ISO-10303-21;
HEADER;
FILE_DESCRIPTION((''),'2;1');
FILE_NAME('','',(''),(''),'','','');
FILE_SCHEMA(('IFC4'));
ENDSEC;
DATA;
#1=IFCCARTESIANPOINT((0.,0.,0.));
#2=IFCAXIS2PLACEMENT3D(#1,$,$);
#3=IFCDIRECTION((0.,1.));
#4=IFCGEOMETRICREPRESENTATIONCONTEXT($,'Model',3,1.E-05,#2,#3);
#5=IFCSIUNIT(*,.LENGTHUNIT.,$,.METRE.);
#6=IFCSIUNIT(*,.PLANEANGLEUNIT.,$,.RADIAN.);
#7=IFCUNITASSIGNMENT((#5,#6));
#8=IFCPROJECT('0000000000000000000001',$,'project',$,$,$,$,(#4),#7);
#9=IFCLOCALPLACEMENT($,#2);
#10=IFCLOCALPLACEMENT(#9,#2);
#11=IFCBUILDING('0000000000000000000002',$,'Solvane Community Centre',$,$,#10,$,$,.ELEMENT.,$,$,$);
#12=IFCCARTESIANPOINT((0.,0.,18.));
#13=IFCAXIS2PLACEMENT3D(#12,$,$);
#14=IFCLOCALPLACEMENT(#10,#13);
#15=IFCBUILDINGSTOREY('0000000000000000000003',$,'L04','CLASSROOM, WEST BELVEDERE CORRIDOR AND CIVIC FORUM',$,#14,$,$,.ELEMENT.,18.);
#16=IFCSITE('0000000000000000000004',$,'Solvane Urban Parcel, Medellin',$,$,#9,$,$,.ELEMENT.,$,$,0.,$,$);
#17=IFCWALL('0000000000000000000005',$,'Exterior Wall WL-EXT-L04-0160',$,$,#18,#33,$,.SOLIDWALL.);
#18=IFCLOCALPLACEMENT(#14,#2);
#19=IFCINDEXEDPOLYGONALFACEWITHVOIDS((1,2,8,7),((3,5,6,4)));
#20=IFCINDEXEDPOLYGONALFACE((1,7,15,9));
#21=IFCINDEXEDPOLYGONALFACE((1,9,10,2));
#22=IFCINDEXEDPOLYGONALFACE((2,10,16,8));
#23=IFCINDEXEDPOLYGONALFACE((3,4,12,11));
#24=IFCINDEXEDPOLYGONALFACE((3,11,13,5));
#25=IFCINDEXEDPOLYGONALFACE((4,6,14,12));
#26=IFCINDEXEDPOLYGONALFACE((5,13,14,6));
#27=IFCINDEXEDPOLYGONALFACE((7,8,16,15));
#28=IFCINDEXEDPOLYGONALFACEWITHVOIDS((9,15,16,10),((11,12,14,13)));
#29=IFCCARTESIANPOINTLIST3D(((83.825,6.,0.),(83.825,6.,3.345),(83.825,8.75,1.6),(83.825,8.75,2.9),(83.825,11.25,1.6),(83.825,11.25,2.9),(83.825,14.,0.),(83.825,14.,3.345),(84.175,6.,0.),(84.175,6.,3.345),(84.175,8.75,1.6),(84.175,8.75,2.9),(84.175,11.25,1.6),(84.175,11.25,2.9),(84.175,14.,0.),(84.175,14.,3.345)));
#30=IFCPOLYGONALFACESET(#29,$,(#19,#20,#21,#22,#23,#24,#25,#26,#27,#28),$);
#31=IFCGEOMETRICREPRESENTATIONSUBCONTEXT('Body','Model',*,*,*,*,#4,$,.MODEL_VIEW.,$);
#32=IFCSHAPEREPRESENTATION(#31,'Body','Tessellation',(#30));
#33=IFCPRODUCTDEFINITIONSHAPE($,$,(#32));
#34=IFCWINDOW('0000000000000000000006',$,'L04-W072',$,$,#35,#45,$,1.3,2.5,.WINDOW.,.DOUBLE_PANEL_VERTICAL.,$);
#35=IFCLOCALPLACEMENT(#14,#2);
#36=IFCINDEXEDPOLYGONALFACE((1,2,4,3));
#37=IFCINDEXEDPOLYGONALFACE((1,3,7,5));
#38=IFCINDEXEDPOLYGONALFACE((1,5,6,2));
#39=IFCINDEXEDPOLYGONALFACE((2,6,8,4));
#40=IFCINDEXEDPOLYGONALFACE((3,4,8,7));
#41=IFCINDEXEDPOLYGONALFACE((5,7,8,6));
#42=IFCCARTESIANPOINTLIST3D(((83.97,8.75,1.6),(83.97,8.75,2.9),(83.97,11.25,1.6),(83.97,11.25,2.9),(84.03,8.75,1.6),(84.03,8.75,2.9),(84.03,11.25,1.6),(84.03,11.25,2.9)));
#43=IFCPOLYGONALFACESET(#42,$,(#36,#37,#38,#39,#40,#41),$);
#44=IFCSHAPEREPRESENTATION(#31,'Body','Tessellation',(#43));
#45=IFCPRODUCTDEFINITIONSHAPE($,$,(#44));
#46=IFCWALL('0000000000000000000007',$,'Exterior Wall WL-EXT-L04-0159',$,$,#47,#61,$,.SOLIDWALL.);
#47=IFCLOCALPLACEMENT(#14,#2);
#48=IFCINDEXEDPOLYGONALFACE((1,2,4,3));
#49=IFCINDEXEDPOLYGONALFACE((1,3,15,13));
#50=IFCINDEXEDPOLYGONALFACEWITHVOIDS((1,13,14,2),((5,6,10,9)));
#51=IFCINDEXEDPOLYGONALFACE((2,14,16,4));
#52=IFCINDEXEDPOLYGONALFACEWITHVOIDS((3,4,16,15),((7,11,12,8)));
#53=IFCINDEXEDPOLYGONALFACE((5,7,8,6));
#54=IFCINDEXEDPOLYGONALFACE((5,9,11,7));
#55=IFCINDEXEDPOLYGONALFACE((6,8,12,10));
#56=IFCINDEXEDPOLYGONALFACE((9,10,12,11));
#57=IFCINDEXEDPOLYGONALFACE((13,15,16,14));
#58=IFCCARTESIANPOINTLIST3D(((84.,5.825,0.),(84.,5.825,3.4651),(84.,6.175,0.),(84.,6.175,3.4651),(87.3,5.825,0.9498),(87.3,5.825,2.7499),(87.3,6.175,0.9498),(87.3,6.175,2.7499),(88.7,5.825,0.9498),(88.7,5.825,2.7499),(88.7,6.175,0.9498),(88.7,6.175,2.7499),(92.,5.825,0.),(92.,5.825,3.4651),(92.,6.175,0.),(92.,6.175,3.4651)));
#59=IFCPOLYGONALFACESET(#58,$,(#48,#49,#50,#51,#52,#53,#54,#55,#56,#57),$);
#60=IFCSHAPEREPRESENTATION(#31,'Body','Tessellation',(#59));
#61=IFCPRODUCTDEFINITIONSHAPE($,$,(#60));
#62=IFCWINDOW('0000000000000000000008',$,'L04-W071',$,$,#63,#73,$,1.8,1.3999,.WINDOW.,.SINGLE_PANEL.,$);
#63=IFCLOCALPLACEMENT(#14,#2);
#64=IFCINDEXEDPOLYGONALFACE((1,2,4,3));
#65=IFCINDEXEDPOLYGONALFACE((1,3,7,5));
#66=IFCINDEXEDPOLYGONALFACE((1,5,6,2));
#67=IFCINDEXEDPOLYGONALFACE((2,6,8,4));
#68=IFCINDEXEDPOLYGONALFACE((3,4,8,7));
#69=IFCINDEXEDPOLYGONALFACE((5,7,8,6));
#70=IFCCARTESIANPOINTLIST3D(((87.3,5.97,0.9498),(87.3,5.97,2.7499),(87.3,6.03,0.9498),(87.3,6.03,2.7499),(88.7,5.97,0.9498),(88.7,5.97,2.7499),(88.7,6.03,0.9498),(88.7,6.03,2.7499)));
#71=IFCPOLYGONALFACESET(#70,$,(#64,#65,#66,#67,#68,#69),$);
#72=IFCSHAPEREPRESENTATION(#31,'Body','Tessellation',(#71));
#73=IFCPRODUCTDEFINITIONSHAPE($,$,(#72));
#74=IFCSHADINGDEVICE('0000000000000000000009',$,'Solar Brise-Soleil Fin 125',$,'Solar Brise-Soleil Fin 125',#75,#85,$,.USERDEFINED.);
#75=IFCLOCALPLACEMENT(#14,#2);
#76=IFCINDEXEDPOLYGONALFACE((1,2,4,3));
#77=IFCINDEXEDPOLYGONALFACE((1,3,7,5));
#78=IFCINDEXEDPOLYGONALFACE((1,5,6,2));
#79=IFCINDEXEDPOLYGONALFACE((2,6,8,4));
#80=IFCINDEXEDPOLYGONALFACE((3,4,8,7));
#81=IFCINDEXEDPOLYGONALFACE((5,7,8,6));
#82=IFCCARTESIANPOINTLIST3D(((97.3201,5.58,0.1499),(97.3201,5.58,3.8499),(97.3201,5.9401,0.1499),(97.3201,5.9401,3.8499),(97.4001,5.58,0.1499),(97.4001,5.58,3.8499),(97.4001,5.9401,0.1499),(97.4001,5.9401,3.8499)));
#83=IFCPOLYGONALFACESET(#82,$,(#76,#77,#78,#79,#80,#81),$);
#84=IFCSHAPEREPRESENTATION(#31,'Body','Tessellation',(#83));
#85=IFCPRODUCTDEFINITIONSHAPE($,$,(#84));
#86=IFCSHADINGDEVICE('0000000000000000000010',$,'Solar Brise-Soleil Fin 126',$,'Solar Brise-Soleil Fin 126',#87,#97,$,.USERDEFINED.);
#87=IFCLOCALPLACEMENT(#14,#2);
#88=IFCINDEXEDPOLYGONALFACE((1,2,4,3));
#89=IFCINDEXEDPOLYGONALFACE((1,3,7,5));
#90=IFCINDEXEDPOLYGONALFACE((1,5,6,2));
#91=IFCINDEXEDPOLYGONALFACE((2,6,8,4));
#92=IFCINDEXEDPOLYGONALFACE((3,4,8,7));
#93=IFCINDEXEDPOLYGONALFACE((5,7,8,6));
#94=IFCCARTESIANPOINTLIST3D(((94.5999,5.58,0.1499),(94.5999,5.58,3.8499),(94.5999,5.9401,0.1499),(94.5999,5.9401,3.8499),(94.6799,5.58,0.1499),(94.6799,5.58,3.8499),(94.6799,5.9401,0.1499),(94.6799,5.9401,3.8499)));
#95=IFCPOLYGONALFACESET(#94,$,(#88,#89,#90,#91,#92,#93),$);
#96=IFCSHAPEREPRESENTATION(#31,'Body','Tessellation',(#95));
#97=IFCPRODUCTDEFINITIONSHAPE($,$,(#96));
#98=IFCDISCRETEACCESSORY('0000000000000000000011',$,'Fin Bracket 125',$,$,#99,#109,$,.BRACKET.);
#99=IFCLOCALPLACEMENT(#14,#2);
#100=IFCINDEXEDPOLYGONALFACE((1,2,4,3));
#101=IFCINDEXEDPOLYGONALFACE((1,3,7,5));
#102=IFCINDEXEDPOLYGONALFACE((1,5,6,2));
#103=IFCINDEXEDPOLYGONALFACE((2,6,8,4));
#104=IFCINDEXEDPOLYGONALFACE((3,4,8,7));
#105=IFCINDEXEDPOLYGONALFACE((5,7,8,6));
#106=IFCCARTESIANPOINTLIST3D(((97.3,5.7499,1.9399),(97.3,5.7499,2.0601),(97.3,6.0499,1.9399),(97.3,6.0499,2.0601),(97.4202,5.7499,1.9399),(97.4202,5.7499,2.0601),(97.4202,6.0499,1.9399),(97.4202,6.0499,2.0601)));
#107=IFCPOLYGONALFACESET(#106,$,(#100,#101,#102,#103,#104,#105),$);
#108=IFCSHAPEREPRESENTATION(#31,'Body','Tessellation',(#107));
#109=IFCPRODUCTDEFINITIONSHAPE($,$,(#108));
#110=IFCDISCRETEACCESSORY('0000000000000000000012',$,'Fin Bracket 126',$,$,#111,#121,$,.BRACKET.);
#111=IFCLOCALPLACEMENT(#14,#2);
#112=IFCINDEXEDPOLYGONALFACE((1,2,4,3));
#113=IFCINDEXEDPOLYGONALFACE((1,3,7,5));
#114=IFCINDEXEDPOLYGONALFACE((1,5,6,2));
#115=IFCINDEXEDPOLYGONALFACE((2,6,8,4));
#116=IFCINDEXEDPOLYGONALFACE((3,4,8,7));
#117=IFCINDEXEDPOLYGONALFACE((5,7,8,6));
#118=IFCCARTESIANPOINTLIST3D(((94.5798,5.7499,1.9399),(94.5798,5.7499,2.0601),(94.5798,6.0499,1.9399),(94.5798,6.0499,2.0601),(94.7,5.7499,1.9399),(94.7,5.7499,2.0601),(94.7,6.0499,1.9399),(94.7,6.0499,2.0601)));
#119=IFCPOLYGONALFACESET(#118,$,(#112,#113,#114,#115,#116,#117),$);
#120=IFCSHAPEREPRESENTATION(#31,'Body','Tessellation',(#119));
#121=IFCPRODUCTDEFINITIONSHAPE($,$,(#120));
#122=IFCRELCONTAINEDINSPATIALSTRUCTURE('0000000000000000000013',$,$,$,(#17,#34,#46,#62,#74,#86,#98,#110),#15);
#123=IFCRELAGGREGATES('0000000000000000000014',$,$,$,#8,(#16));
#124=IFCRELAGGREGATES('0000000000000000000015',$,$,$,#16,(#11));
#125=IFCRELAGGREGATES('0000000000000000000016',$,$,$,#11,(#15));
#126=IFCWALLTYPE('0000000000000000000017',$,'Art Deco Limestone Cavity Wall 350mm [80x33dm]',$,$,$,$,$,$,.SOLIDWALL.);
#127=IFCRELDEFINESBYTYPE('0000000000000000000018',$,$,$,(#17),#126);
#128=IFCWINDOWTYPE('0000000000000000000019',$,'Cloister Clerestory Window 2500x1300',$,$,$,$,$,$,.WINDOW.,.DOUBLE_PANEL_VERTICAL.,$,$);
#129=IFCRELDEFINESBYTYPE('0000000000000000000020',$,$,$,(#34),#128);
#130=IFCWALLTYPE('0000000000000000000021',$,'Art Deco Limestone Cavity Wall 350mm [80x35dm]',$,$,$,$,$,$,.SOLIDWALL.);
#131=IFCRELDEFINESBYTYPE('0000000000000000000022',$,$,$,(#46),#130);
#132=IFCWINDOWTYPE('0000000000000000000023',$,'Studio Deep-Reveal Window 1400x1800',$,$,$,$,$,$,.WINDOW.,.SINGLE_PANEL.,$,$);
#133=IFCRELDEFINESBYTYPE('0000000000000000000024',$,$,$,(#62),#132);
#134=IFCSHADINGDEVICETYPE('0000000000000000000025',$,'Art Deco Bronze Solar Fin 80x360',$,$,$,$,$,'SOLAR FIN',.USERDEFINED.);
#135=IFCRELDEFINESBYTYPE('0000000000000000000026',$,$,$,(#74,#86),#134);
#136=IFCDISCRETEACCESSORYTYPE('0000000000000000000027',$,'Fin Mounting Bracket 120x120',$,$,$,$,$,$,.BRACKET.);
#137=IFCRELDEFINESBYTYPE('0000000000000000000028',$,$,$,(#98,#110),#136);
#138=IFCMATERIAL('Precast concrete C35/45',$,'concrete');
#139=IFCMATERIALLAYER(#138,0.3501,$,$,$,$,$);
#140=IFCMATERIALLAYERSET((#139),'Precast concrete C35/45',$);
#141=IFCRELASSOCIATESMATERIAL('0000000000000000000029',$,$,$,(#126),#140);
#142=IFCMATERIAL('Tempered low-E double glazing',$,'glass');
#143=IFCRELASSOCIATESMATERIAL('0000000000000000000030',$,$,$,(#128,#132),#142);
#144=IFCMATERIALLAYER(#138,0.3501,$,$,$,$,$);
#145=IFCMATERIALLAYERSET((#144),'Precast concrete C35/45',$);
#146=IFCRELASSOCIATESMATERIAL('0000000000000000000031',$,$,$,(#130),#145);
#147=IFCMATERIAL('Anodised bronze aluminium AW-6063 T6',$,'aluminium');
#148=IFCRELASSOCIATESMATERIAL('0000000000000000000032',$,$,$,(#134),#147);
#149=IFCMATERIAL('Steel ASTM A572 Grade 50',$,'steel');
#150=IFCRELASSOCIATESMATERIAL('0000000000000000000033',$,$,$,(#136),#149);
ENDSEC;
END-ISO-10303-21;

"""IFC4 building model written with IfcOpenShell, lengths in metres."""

from ifc_helpers import new_model, si_unit, direction, frame, frame_2d, origin, origin_2d, place, context, subcontext, project, spatial, rectangle, extrude, material, layer, layer_set, type_object, element, fill, save


model = new_model("IFC4")

# Units and contexts
model_context = context("Model", 3, precision=1e-05, world=origin(), true_north=direction((0.0, 1.0)))
body_context = subcontext(model_context, "Body", "Model", "MODEL_VIEW")
ifc_project = project(units=[si_unit("LENGTHUNIT", "METRE"), si_unit("PLANEANGLEUNIT", "RADIAN")], contexts=[model_context])

# Site, building, storey
site_placement = place(None, origin())
site = spatial("IfcSite", under=ifc_project, at=site_placement, Name="Solvane Urban Parcel, Medellin", CompositionType="ELEMENT", RefElevation=0.0)
building_placement = place(site_placement, origin())
building = spatial("IfcBuilding", under=site, at=building_placement, Name="Solvane Community Centre", CompositionType="ELEMENT")
storey_placement = place(building_placement, frame((0.0, 0.0, 18.0)))
storey = spatial("IfcBuildingStorey", under=building, at=storey_placement, Name="L04", Description="CLASSROOM, WEST BELVEDERE CORRIDOR AND CIVIC FORUM", CompositionType="ELEMENT", Elevation=18.0)

# Shared definitions
ifc_material_1 = material(Name="Anodised bronze aluminium AW-6063 T6", Category="aluminium")

# Shared definitions
ifc_material_2 = material(Name="Tempered low-E double glazing", Category="glass")

# Walls, openings, windows
ifc_material_3 = material(Name="Precast concrete C35/45", Category="concrete")
ifc_layer_1 = layer(ifc_material_3, 0.3501)
ifc_layer_set_1 = layer_set([ifc_layer_1], Name="Precast concrete C35/45")
wall_type_1 = type_object("IfcWallType", Name="Art Deco Limestone Cavity Wall 350mm [80x33dm]", PredefinedType="SOLIDWALL", material=ifc_layer_set_1)
wall_1_placement = place(storey_placement, frame((84.0, 6.0, 0.0), z_axis=(0.0, 0.0, 1.0), x_axis=(0.0, 1.0, 0.0)))
wall_1 = element("IfcWall", 1, at=wall_1_placement, inside=storey, type_object=wall_type_1, Name="Exterior Wall WL-EXT-L04-0160", PredefinedType="SOLIDWALL", context=body_context, shape_type="SweptSolid", body=[
    extrude(rectangle(XDim=8.0, YDim=0.3501, at=frame_2d((4.0, 0.0))), origin(), (0.0, 0.0, 1.0), 3.345),
])
opening_1_placement = place(wall_1_placement, frame((2.75, 0.0, 1.6001)))
opening_1 = element("IfcOpeningElement", 2, at=opening_1_placement, cuts=wall_1, PredefinedType="OPENING", context=body_context, shape_type="SweptSolid", body=[
    extrude(rectangle(XDim=2.5, YDim=1.3, at=frame_2d((1.25, 0.6499))), frame((0.0, 0.1851, 0.0), z_axis=(0.0, -1.0, 0.0), x_axis=(1.0, 0.0, 0.0)), (0.0, 0.0, 1.0), 0.3701),
])
window_type_1 = type_object("IfcWindowType", Name="Cloister Clerestory Window 2500x1300", PartitioningType="DOUBLE_PANEL_VERTICAL", PredefinedType="WINDOW", material=ifc_material_2)
window_1_placement = place(opening_1_placement, origin())
window_1 = element("IfcWindow", 3, at=window_1_placement, inside=storey, type_object=window_type_1, Name="L04-W072", OverallHeight=1.3, OverallWidth=2.5, PartitioningType="DOUBLE_PANEL_VERTICAL", PredefinedType="WINDOW", context=body_context, shape_type="SweptSolid", body=[
    extrude(rectangle(XDim=2.5, YDim=1.3, at=frame_2d((1.25, 0.6499))), frame((0.0, 0.03, 0.0), z_axis=(0.0, -1.0, 0.0), x_axis=(1.0, 0.0, 0.0)), (0.0, 0.0, 1.0), 0.0601),
])
fill(opening_1, window_1)
ifc_layer_2 = layer(ifc_material_3, 0.3501)
ifc_layer_set_2 = layer_set([ifc_layer_2], Name="Precast concrete C35/45")
wall_type_2 = type_object("IfcWallType", Name="Art Deco Limestone Cavity Wall 350mm [80x35dm]", PredefinedType="SOLIDWALL", material=ifc_layer_set_2)
wall_2_placement = place(storey_placement, frame((92.0, 6.0, 0.0), z_axis=(0.0, 0.0, 1.0), x_axis=(-1.0, 0.0, 0.0)))
wall_2 = element("IfcWall", 4, at=wall_2_placement, inside=storey, type_object=wall_type_2, Name="Exterior Wall WL-EXT-L04-0159", PredefinedType="SOLIDWALL", context=body_context, shape_type="SweptSolid", body=[
    extrude(rectangle(XDim=8.0, YDim=0.3501, at=frame_2d((4.0, 0.0))), origin(), (0.0, 0.0, 1.0), 3.4651),
])
opening_2_placement = place(wall_2_placement, frame((3.3, 0.0, 0.95)))
opening_2 = element("IfcOpeningElement", 5, at=opening_2_placement, cuts=wall_2, PredefinedType="OPENING", context=body_context, shape_type="SweptSolid", body=[
    extrude(rectangle(XDim=1.3999, YDim=1.8, at=frame_2d((0.7, 0.8999))), frame((0.0, 0.1851, 0.0), z_axis=(0.0, -1.0, 0.0), x_axis=(1.0, 0.0, 0.0)), (0.0, 0.0, 1.0), 0.3701),
])
window_type_2 = type_object("IfcWindowType", Name="Studio Deep-Reveal Window 1400x1800", PartitioningType="SINGLE_PANEL", PredefinedType="WINDOW", material=ifc_material_2)
window_2_placement = place(opening_2_placement, origin())
window_2 = element("IfcWindow", 6, at=window_2_placement, inside=storey, type_object=window_type_2, Name="L04-W071", OverallHeight=1.8, OverallWidth=1.3999, PartitioningType="SINGLE_PANEL", PredefinedType="WINDOW", context=body_context, shape_type="SweptSolid", body=[
    extrude(rectangle(XDim=1.3999, YDim=1.8, at=frame_2d((0.7, 0.8999))), frame((0.0, 0.03, 0.0), z_axis=(0.0, -1.0, 0.0), x_axis=(1.0, 0.0, 0.0)), (0.0, 0.0, 1.0), 0.0601),
])
fill(opening_2, window_2)

# Shading devices
shading_device_type = type_object("IfcShadingDeviceType", Name="Art Deco Bronze Solar Fin 80x360", ElementType="SOLAR FIN", PredefinedType="USERDEFINED", material=ifc_material_1)
shading_device_1_placement = place(storey_placement, frame((97.3601, 5.76, 0.1499), z_axis=(0.0, 0.0, 1.0), x_axis=(-1.0, 0.0, 0.0)))
element("IfcShadingDevice", 7, at=shading_device_1_placement, inside=storey, type_object=shading_device_type, Name="Solar Brise-Soleil Fin 125", ObjectType="Solar Brise-Soleil Fin 125", PredefinedType="USERDEFINED", context=body_context, shape_type="SweptSolid", body=[
    extrude(rectangle(XDim=0.0801, YDim=0.3601, at=origin_2d()), origin(), (0.0, 0.0, 1.0), 3.7),
])
shading_device_2_placement = place(storey_placement, frame((94.6399, 5.76, 0.1499), z_axis=(0.0, 0.0, 1.0), x_axis=(-1.0, 0.0, 0.0)))
element("IfcShadingDevice", 8, at=shading_device_2_placement, inside=storey, type_object=shading_device_type, Name="Solar Brise-Soleil Fin 126", ObjectType="Solar Brise-Soleil Fin 126", PredefinedType="USERDEFINED", context=body_context, shape_type="SweptSolid", body=[
    extrude(rectangle(XDim=0.0801, YDim=0.3601, at=origin_2d()), origin(), (0.0, 0.0, 1.0), 3.7),
])

# Discrete accessories
ifc_material_4 = material(Name="Steel ASTM A572 Grade 50", Category="steel")
discrete_accessory_type = type_object("IfcDiscreteAccessoryType", Name="Fin Mounting Bracket 120x120", PredefinedType="BRACKET", material=ifc_material_4)
for number, where, z_axis, x_axis, name in (
    (9, (97.3601, 5.8999, 1.9399), (0.0, 0.0, 1.0), (-1.0, 0.0, 0.0), "Fin Bracket 125"),
    (10, (94.6399, 5.8999, 1.9399), (0.0, 0.0, 1.0), (-1.0, 0.0, 0.0), "Fin Bracket 126"),
):
    element("IfcDiscreteAccessory", number, at=place(storey_placement, frame(where, z_axis=z_axis, x_axis=x_axis)), inside=storey, type_object=discrete_accessory_type, Name=name, PredefinedType="BRACKET", context=body_context, shape_type="SweptSolid", body=[
        extrude(rectangle(XDim=0.1201, YDim=0.3, at=origin_2d()), origin(), (0.0, 0.0, 1.0), 0.1201),
    ])

save(model, "model.ifc")
